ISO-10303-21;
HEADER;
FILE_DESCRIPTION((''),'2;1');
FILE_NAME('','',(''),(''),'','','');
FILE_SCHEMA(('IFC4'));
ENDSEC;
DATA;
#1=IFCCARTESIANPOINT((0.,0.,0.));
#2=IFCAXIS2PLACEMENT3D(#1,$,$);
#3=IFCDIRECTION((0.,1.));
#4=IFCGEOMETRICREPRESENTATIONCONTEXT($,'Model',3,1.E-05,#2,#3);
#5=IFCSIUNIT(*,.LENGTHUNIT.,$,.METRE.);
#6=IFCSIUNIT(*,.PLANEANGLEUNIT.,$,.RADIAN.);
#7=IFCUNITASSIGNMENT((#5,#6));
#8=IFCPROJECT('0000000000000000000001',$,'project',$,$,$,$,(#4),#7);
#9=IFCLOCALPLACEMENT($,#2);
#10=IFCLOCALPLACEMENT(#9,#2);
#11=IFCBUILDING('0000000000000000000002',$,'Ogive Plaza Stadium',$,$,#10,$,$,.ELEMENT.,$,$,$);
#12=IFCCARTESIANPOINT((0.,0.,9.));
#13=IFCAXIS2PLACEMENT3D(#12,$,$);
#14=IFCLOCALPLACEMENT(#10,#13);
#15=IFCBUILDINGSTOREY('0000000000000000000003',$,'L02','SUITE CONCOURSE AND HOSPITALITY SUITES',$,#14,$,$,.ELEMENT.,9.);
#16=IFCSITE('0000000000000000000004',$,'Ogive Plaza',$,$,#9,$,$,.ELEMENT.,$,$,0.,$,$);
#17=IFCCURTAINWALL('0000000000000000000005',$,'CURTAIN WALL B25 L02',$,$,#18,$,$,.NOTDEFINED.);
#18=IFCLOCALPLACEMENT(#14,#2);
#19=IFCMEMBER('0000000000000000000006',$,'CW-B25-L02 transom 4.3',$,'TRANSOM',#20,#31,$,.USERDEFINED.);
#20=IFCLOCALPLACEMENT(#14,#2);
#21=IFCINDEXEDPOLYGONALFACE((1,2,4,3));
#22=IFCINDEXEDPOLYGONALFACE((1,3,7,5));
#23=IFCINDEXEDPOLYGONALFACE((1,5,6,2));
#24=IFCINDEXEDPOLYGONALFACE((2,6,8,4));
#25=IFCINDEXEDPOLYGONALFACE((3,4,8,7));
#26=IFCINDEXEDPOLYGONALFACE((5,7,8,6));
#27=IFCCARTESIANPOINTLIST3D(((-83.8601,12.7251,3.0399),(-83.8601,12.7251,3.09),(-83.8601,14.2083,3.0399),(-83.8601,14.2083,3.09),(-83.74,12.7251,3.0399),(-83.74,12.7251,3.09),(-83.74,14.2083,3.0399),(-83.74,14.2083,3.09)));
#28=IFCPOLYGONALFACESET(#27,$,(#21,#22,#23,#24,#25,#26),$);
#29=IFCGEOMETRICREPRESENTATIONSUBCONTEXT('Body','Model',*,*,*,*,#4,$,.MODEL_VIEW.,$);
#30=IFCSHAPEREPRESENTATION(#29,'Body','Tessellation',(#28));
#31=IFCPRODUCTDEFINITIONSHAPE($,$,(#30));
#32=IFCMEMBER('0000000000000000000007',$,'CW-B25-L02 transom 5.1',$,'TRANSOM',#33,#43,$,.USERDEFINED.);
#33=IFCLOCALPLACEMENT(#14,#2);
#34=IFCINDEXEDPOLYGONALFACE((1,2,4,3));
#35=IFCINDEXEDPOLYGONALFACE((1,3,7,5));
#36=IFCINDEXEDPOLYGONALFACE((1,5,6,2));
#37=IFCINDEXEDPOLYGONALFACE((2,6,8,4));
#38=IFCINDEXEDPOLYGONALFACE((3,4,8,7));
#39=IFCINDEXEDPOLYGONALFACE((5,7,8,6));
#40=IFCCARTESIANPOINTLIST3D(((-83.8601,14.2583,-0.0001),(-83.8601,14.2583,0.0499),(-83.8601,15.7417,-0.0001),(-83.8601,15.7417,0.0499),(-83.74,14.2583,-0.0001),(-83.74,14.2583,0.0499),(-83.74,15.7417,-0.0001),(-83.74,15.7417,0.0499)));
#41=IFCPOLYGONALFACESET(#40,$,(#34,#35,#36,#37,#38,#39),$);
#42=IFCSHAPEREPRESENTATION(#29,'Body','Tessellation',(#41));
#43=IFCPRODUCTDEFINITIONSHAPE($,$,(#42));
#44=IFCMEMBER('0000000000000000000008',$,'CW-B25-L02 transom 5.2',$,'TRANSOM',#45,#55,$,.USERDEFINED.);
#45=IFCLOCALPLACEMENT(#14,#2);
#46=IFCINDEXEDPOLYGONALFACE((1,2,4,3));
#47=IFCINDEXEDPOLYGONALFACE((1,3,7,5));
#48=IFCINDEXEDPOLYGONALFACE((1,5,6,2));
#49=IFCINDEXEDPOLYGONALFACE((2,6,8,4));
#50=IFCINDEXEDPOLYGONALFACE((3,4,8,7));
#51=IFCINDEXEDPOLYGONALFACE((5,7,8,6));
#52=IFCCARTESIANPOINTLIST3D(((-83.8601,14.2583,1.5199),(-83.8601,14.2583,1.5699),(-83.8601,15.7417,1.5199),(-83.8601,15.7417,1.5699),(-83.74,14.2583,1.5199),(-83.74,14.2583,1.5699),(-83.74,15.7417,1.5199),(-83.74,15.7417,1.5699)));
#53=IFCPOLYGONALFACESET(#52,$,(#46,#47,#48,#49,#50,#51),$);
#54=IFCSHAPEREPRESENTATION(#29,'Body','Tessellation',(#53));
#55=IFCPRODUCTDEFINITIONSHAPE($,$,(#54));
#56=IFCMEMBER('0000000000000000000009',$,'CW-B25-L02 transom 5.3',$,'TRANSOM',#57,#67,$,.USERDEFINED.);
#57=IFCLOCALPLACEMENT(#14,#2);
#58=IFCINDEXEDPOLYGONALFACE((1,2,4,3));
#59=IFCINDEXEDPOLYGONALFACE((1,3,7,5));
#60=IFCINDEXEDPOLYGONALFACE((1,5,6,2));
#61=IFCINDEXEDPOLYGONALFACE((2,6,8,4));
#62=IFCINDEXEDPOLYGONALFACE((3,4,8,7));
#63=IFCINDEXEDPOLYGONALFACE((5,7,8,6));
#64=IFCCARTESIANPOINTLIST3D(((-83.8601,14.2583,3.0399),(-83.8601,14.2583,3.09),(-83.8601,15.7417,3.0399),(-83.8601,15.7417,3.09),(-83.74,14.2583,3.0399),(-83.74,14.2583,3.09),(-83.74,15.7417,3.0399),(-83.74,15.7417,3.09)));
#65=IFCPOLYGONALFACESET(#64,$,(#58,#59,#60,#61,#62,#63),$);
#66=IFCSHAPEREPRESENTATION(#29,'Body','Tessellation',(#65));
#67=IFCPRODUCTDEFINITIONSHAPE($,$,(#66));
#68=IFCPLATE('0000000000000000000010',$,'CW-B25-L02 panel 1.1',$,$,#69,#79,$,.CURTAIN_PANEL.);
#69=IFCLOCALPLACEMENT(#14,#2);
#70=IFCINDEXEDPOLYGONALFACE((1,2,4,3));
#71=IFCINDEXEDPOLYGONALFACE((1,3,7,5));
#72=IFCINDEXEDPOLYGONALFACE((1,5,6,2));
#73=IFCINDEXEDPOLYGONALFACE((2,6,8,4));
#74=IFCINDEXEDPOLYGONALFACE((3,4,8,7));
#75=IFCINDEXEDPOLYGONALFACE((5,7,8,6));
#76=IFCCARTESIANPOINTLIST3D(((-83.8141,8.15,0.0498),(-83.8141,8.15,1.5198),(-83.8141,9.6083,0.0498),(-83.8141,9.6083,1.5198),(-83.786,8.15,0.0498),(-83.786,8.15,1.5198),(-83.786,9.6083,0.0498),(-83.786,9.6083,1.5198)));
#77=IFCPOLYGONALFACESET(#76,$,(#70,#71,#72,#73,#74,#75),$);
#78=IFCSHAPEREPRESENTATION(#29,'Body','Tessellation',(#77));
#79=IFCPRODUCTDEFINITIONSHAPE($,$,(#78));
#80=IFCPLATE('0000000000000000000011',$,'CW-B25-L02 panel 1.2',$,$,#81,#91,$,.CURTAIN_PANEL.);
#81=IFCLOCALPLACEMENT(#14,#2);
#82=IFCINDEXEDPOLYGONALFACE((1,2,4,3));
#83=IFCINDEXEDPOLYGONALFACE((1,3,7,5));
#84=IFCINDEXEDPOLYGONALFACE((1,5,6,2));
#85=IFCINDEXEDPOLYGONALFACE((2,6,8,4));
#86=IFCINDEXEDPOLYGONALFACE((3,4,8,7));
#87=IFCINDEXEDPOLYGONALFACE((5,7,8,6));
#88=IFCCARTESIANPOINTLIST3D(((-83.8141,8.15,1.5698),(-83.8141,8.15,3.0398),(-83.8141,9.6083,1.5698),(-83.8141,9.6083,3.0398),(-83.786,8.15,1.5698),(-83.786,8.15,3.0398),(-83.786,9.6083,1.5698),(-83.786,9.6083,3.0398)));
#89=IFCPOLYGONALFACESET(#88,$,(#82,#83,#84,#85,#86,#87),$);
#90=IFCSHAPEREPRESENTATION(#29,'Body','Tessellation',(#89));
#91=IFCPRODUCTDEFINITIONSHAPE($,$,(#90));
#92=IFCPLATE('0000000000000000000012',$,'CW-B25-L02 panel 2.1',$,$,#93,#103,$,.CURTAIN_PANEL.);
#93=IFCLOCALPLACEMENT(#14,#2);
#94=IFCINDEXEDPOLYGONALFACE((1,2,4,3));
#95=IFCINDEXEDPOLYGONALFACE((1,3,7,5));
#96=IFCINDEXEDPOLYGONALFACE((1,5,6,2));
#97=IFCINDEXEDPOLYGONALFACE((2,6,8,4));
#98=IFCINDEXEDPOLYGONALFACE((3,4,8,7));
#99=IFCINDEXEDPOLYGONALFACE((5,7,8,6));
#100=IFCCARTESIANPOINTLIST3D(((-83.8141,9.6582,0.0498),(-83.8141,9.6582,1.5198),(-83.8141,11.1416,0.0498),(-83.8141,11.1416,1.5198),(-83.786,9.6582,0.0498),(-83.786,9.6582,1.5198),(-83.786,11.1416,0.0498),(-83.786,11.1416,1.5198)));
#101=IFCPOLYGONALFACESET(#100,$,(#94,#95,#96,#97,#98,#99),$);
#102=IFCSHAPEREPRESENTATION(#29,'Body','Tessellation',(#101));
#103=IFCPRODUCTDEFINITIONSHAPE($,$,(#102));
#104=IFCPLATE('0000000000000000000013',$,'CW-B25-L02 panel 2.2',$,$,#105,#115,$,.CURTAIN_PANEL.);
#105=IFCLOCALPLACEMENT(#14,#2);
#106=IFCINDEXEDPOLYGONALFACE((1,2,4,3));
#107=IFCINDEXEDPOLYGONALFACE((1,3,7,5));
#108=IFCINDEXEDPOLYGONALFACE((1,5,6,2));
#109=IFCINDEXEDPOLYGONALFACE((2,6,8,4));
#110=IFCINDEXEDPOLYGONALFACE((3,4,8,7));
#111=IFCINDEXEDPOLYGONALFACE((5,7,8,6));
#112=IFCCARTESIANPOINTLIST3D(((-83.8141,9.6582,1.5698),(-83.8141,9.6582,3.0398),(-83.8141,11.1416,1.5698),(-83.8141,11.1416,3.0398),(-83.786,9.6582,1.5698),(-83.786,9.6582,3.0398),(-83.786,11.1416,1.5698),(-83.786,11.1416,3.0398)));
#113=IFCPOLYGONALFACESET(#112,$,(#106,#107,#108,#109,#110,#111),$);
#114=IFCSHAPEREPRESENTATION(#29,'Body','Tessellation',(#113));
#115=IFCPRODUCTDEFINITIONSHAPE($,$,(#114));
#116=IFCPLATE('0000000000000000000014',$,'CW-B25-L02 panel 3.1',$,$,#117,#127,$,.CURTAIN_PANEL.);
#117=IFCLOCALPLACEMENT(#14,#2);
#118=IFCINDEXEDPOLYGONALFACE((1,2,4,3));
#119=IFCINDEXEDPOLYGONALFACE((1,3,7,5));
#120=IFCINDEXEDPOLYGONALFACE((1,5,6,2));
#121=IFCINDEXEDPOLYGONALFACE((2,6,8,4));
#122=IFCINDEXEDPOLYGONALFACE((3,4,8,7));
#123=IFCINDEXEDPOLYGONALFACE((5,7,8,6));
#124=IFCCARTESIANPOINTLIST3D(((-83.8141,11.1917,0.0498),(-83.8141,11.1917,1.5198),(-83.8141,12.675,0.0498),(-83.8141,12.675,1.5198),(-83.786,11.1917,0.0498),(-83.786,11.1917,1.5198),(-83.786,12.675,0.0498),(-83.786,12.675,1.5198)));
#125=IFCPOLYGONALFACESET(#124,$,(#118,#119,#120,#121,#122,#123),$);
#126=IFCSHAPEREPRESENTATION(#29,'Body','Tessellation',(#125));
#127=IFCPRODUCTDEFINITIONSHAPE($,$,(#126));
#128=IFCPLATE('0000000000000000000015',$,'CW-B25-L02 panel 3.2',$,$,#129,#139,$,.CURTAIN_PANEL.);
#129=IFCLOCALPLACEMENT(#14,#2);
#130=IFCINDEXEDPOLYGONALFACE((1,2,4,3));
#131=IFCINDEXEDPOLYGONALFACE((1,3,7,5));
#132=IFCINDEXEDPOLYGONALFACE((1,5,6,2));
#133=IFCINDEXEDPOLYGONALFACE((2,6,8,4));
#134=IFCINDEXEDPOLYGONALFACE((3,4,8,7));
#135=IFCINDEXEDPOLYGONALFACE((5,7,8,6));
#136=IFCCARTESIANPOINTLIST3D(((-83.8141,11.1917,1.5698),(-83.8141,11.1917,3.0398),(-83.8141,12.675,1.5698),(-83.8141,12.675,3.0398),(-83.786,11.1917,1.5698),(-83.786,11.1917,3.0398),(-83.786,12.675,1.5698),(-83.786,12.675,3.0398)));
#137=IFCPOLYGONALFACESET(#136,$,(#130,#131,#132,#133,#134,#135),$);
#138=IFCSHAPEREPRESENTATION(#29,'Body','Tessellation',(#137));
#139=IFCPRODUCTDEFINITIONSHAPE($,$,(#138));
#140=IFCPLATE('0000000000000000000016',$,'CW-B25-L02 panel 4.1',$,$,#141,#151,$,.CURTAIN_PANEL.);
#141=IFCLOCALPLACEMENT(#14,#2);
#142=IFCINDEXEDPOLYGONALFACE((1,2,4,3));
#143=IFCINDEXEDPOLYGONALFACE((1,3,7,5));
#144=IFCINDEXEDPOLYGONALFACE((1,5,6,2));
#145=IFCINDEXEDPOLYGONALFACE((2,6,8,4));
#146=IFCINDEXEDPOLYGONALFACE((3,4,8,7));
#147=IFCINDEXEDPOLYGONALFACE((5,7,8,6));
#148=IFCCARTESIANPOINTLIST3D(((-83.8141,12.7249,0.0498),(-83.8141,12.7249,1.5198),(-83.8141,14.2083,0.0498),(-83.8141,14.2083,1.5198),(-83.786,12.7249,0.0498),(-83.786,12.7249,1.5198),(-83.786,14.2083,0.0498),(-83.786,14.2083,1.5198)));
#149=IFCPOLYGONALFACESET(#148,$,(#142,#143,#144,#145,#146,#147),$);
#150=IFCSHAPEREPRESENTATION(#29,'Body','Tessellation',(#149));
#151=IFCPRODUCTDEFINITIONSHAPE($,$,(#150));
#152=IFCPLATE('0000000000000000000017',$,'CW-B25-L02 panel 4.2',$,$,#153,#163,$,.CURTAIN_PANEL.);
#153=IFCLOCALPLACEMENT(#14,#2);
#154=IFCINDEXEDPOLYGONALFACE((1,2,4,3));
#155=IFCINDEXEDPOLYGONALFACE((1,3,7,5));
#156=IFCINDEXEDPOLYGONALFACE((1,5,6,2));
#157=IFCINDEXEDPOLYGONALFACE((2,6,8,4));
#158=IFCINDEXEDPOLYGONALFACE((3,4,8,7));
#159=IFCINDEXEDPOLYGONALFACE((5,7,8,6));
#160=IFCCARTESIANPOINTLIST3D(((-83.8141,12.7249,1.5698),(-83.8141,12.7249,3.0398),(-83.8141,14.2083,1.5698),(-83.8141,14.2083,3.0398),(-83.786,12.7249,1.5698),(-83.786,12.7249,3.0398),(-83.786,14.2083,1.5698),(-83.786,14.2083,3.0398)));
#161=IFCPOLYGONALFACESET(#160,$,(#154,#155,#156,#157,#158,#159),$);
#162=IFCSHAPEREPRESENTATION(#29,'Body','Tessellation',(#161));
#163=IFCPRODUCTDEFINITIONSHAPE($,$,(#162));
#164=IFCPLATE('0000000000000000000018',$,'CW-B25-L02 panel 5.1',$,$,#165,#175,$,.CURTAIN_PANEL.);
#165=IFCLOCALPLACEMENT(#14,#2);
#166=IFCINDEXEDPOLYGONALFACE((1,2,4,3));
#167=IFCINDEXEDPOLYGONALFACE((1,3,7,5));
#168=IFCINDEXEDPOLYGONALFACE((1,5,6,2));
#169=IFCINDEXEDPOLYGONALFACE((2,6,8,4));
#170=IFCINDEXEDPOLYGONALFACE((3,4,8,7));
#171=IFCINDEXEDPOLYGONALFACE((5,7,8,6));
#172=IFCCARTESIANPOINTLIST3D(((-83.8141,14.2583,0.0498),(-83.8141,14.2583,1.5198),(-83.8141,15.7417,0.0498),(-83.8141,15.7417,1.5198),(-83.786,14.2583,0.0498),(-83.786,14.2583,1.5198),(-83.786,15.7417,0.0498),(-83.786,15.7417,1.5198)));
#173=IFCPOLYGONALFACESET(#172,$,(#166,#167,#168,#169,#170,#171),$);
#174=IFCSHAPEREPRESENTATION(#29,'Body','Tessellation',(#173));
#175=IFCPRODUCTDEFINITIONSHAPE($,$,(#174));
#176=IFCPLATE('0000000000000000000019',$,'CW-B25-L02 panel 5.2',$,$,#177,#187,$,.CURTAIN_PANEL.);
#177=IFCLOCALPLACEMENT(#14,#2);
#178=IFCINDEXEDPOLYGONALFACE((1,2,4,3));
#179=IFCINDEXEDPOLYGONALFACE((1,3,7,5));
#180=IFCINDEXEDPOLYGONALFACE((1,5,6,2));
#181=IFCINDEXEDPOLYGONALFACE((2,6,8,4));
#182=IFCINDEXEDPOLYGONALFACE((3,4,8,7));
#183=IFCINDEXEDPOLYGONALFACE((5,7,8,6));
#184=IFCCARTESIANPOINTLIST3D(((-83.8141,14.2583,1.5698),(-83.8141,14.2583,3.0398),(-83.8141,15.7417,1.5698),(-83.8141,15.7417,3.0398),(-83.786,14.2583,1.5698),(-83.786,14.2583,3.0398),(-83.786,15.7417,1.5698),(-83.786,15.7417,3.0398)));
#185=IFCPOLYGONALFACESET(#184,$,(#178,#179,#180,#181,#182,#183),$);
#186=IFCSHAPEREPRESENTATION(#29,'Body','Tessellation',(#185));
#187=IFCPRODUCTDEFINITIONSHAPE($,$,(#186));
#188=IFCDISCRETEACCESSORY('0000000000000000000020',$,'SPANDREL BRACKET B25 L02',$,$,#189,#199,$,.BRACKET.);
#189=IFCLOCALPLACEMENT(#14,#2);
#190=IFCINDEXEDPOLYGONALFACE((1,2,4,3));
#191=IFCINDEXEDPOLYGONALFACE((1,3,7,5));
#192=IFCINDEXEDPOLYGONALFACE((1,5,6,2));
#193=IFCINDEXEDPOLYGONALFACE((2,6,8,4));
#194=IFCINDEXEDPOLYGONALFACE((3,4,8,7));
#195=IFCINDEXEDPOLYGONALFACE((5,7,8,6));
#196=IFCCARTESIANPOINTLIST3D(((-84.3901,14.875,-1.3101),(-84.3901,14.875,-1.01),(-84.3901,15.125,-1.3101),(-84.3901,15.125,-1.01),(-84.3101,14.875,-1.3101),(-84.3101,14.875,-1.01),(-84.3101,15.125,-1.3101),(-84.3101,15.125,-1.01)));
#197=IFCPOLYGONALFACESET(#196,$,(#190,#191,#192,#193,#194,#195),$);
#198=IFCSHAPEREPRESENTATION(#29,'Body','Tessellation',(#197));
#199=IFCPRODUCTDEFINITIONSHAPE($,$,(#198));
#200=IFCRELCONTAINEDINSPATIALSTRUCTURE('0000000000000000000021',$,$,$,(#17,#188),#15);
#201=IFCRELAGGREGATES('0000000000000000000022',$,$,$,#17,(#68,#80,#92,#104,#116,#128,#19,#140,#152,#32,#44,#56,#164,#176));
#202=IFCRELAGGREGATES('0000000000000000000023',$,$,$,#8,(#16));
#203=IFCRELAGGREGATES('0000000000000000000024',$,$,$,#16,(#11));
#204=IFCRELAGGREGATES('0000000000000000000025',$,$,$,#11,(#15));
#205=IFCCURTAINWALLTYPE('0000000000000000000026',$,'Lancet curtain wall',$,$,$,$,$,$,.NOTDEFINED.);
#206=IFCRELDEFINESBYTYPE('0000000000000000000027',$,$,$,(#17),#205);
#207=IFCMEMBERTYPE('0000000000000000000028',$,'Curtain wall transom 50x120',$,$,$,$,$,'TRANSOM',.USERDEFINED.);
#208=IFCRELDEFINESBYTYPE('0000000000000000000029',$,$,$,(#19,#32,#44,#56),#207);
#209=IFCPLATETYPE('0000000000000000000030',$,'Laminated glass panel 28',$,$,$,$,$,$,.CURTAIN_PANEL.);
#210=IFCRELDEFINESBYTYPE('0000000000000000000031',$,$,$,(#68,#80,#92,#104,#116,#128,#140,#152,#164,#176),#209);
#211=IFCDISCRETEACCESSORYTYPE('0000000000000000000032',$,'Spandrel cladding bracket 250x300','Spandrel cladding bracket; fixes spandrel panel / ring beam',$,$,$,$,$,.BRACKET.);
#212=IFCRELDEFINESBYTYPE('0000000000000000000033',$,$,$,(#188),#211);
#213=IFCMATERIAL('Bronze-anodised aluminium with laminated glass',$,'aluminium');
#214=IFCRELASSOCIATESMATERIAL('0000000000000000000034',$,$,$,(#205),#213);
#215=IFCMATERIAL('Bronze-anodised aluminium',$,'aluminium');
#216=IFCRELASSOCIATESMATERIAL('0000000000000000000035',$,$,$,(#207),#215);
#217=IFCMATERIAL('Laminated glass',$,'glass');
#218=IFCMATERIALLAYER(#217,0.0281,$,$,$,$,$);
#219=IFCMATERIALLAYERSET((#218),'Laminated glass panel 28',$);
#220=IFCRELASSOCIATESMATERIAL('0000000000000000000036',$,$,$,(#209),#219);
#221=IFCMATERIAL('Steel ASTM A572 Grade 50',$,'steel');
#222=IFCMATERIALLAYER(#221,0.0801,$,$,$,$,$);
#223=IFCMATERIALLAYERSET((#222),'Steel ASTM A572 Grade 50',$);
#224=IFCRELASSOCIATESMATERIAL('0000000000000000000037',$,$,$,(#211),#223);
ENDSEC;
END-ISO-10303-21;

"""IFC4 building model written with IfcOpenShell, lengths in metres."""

from ifc_helpers import new_model, si_unit, direction, frame, origin, origin_2d, place, context, subcontext, project, spatial, rectangle, extrude, material, layer, layer_set, material_profile, profile_set, type_object, element, aggregate, save


model = new_model("IFC4")

# Units and contexts
model_context = context("Model", 3, precision=1e-05, world=origin(), true_north=direction((0.0, 1.0)))
body_context = subcontext(model_context, "Body", "Model", "MODEL_VIEW")
ifc_project = project(units=[si_unit("LENGTHUNIT", "METRE"), si_unit("PLANEANGLEUNIT", "RADIAN")], contexts=[model_context])

# Site, building, storey
site_placement = place(None, origin())
site = spatial("IfcSite", under=ifc_project, at=site_placement, Name="Ogive Plaza", CompositionType="ELEMENT", RefElevation=0.0)
building_placement = place(site_placement, origin())
building = spatial("IfcBuilding", under=site, at=building_placement, Name="Ogive Plaza Stadium", CompositionType="ELEMENT")
storey_placement = place(building_placement, frame((0.0, 0.0, 9.0)))
storey = spatial("IfcBuildingStorey", under=building, at=storey_placement, Name="L02", Description="SUITE CONCOURSE AND HOSPITALITY SUITES", CompositionType="ELEMENT", Elevation=9.0)

# Curtain wall, members, plates
ifc_material_1 = material(Name="Bronze-anodised aluminium with laminated glass", Category="aluminium")
curtain_wall_type = type_object("IfcCurtainWallType", Name="Lancet curtain wall", PredefinedType="NOTDEFINED", material=ifc_material_1)
curtain_wall_placement = place(storey_placement, origin())
curtain_wall = element("IfcCurtainWall", 1, at=curtain_wall_placement, inside=storey, type_object=curtain_wall_type, Name="CURTAIN WALL B25 L02", PredefinedType="NOTDEFINED")
ifc_material_2 = material(Name="Bronze-anodised aluminium", Category="aluminium")
ifc_material_profile_1 = material_profile(ifc_material_2, rectangle(XDim=0.1201, YDim=0.05, at=origin_2d()), Name="AL 120x50")
ifc_profile_set_1 = profile_set([ifc_material_profile_1], Name="Bronze-anodised aluminium")
member_type_1 = type_object("IfcMemberType", Name="Curtain wall transom 50x120", ElementType="TRANSOM", PredefinedType="USERDEFINED", material=ifc_profile_set_1)
member_1_placement = place(storey_placement, frame((-83.8, 12.7251, 3.0649), z_axis=(0.0, 1.0, 0.0), x_axis=(-1.0, 0.0, 0.0)))
member_1 = element("IfcMember", 2, at=member_1_placement, type_object=member_type_1, Name="CW-B25-L02 transom 4.3", ObjectType="TRANSOM", PredefinedType="USERDEFINED", context=body_context, shape_type="SweptSolid", body=[
    extrude(rectangle(XDim=0.1201, YDim=0.05, at=origin_2d()), origin(), (0.0, 0.0, 1.0), 1.4832),
])
member_2_placement = place(storey_placement, frame((-83.8, 14.2583, 0.0249), z_axis=(0.0, 1.0, 0.0), x_axis=(-1.0, 0.0, 0.0)))
member_2 = element("IfcMember", 3, at=member_2_placement, type_object=member_type_1, Name="CW-B25-L02 transom 5.1", ObjectType="TRANSOM", PredefinedType="USERDEFINED", context=body_context, shape_type="SweptSolid", body=[
    extrude(rectangle(XDim=0.1201, YDim=0.05, at=origin_2d()), origin(), (0.0, 0.0, 1.0), 1.4834),
])
member_3_placement = place(storey_placement, frame((-83.8, 14.2583, 1.5449), z_axis=(0.0, 1.0, 0.0), x_axis=(-1.0, 0.0, 0.0)))
member_3 = element("IfcMember", 4, at=member_3_placement, type_object=member_type_1, Name="CW-B25-L02 transom 5.2", ObjectType="TRANSOM", PredefinedType="USERDEFINED", context=body_context, shape_type="SweptSolid", body=[
    extrude(rectangle(XDim=0.1201, YDim=0.05, at=origin_2d()), origin(), (0.0, 0.0, 1.0), 1.4834),
])
member_4_placement = place(storey_placement, frame((-83.8, 14.2583, 3.0649), z_axis=(0.0, 1.0, 0.0), x_axis=(-1.0, 0.0, 0.0)))
member_4 = element("IfcMember", 5, at=member_4_placement, type_object=member_type_1, Name="CW-B25-L02 transom 5.3", ObjectType="TRANSOM", PredefinedType="USERDEFINED", context=body_context, shape_type="SweptSolid", body=[
    extrude(rectangle(XDim=0.1201, YDim=0.05, at=origin_2d()), origin(), (0.0, 0.0, 1.0), 1.4834),
])
ifc_material_3 = material(Name="Laminated glass", Category="glass")
ifc_layer_1 = layer(ifc_material_3, 0.0281)
ifc_layer_set_1 = layer_set([ifc_layer_1], Name="Laminated glass panel 28")
plate_type = type_object("IfcPlateType", Name="Laminated glass panel 28", PredefinedType="CURTAIN_PANEL", material=ifc_layer_set_1)
plate_1_placement = place(storey_placement, frame((-83.8, 8.8792, 0.0498), z_axis=(0.0, 0.0, 1.0), x_axis=(0.0, 1.0, 0.0)))
plate_1 = element("IfcPlate", 6, at=plate_1_placement, type_object=plate_type, Name="CW-B25-L02 panel 1.1", PredefinedType="CURTAIN_PANEL", context=body_context, shape_type="SweptSolid", body=[
    extrude(rectangle(XDim=1.4583, YDim=0.0281, at=origin_2d()), origin(), (0.0, 0.0, 1.0), 1.47),
])
plate_2_placement = place(storey_placement, frame((-83.8, 8.8792, 1.5698), z_axis=(0.0, 0.0, 1.0), x_axis=(0.0, 1.0, 0.0)))
plate_2 = element("IfcPlate", 7, at=plate_2_placement, type_object=plate_type, Name="CW-B25-L02 panel 1.2", PredefinedType="CURTAIN_PANEL", context=body_context, shape_type="SweptSolid", body=[
    extrude(rectangle(XDim=1.4583, YDim=0.0281, at=origin_2d()), origin(), (0.0, 0.0, 1.0), 1.47),
])
plate_3_placement = place(storey_placement, frame((-83.8, 10.3999, 0.0498), z_axis=(0.0, 0.0, 1.0), x_axis=(0.0, 1.0, 0.0)))
plate_3 = element("IfcPlate", 8, at=plate_3_placement, type_object=plate_type, Name="CW-B25-L02 panel 2.1", PredefinedType="CURTAIN_PANEL", context=body_context, shape_type="SweptSolid", body=[
    extrude(rectangle(XDim=1.4834, YDim=0.0281, at=origin_2d()), origin(), (0.0, 0.0, 1.0), 1.47),
])
plate_4_placement = place(storey_placement, frame((-83.8, 10.3999, 1.5698), z_axis=(0.0, 0.0, 1.0), x_axis=(0.0, 1.0, 0.0)))
plate_4 = element("IfcPlate", 9, at=plate_4_placement, type_object=plate_type, Name="CW-B25-L02 panel 2.2", PredefinedType="CURTAIN_PANEL", context=body_context, shape_type="SweptSolid", body=[
    extrude(rectangle(XDim=1.4834, YDim=0.0281, at=origin_2d()), origin(), (0.0, 0.0, 1.0), 1.47),
])
plate_5_placement = place(storey_placement, frame((-83.8, 11.9333, 0.0498), z_axis=(0.0, 0.0, 1.0), x_axis=(0.0, 1.0, 0.0)))
plate_5 = element("IfcPlate", 10, at=plate_5_placement, type_object=plate_type, Name="CW-B25-L02 panel 3.1", PredefinedType="CURTAIN_PANEL", context=body_context, shape_type="SweptSolid", body=[
    extrude(rectangle(XDim=1.4834, YDim=0.0281, at=origin_2d()), origin(), (0.0, 0.0, 1.0), 1.47),
])
plate_6_placement = place(storey_placement, frame((-83.8, 11.9333, 1.5698), z_axis=(0.0, 0.0, 1.0), x_axis=(0.0, 1.0, 0.0)))
plate_6 = element("IfcPlate", 11, at=plate_6_placement, type_object=plate_type, Name="CW-B25-L02 panel 3.2", PredefinedType="CURTAIN_PANEL", context=body_context, shape_type="SweptSolid", body=[
    extrude(rectangle(XDim=1.4834, YDim=0.0281, at=origin_2d()), origin(), (0.0, 0.0, 1.0), 1.47),
])
plate_7_placement = place(storey_placement, frame((-83.8, 13.4666, 0.0498), z_axis=(0.0, 0.0, 1.0), x_axis=(0.0, 1.0, 0.0)))
plate_7 = element("IfcPlate", 12, at=plate_7_placement, type_object=plate_type, Name="CW-B25-L02 panel 4.1", PredefinedType="CURTAIN_PANEL", context=body_context, shape_type="SweptSolid", body=[
    extrude(rectangle(XDim=1.4834, YDim=0.0281, at=origin_2d()), origin(), (0.0, 0.0, 1.0), 1.47),
])
plate_8_placement = place(storey_placement, frame((-83.8, 13.4666, 1.5698), z_axis=(0.0, 0.0, 1.0), x_axis=(0.0, 1.0, 0.0)))
plate_8 = element("IfcPlate", 13, at=plate_8_placement, type_object=plate_type, Name="CW-B25-L02 panel 4.2", PredefinedType="CURTAIN_PANEL", context=body_context, shape_type="SweptSolid", body=[
    extrude(rectangle(XDim=1.4834, YDim=0.0281, at=origin_2d()), origin(), (0.0, 0.0, 1.0), 1.47),
])
plate_9_placement = place(storey_placement, frame((-83.8, 15.0, 0.0498), z_axis=(0.0, 0.0, 1.0), x_axis=(0.0, 1.0, 0.0)))
plate_9 = element("IfcPlate", 14, at=plate_9_placement, type_object=plate_type, Name="CW-B25-L02 panel 5.1", PredefinedType="CURTAIN_PANEL", context=body_context, shape_type="SweptSolid", body=[
    extrude(rectangle(XDim=1.4834, YDim=0.0281, at=origin_2d()), origin(), (0.0, 0.0, 1.0), 1.47),
])
plate_10_placement = place(storey_placement, frame((-83.8, 15.0, 1.5698), z_axis=(0.0, 0.0, 1.0), x_axis=(0.0, 1.0, 0.0)))
plate_10 = element("IfcPlate", 15, at=plate_10_placement, type_object=plate_type, Name="CW-B25-L02 panel 5.2", PredefinedType="CURTAIN_PANEL", context=body_context, shape_type="SweptSolid", body=[
    extrude(rectangle(XDim=1.4834, YDim=0.0281, at=origin_2d()), origin(), (0.0, 0.0, 1.0), 1.47),
])
aggregate(curtain_wall, [plate_1, plate_2, plate_3, plate_4, plate_5, plate_6, member_1, plate_7, plate_8, member_2, member_3, member_4, plate_9, plate_10])

# Discrete accessory
ifc_material_4 = material(Name="Steel ASTM A572 Grade 50", Category="steel")
ifc_layer_2 = layer(ifc_material_4, 0.0801)
ifc_layer_set_2 = layer_set([ifc_layer_2], Name="Steel ASTM A572 Grade 50")
discrete_accessory_type = type_object("IfcDiscreteAccessoryType", Name="Spandrel cladding bracket 250x300", Description="Spandrel cladding bracket; fixes spandrel panel / ring beam", PredefinedType="BRACKET", material=ifc_layer_set_2)
discrete_accessory_placement = place(storey_placement, frame((-84.3501, 15.0, -1.3101), z_axis=(0.0, 0.0, 1.0), x_axis=(0.0, 1.0, 0.0)))
element("IfcDiscreteAccessory", 16, at=discrete_accessory_placement, inside=storey, type_object=discrete_accessory_type, Name="SPANDREL BRACKET B25 L02", PredefinedType="BRACKET", context=body_context, shape_type="SweptSolid", body=[
    extrude(rectangle(XDim=0.25, YDim=0.0801, at=origin_2d()), origin(), (0.0, 0.0, 1.0), 0.3),
])

save(model, "model.ifc")
